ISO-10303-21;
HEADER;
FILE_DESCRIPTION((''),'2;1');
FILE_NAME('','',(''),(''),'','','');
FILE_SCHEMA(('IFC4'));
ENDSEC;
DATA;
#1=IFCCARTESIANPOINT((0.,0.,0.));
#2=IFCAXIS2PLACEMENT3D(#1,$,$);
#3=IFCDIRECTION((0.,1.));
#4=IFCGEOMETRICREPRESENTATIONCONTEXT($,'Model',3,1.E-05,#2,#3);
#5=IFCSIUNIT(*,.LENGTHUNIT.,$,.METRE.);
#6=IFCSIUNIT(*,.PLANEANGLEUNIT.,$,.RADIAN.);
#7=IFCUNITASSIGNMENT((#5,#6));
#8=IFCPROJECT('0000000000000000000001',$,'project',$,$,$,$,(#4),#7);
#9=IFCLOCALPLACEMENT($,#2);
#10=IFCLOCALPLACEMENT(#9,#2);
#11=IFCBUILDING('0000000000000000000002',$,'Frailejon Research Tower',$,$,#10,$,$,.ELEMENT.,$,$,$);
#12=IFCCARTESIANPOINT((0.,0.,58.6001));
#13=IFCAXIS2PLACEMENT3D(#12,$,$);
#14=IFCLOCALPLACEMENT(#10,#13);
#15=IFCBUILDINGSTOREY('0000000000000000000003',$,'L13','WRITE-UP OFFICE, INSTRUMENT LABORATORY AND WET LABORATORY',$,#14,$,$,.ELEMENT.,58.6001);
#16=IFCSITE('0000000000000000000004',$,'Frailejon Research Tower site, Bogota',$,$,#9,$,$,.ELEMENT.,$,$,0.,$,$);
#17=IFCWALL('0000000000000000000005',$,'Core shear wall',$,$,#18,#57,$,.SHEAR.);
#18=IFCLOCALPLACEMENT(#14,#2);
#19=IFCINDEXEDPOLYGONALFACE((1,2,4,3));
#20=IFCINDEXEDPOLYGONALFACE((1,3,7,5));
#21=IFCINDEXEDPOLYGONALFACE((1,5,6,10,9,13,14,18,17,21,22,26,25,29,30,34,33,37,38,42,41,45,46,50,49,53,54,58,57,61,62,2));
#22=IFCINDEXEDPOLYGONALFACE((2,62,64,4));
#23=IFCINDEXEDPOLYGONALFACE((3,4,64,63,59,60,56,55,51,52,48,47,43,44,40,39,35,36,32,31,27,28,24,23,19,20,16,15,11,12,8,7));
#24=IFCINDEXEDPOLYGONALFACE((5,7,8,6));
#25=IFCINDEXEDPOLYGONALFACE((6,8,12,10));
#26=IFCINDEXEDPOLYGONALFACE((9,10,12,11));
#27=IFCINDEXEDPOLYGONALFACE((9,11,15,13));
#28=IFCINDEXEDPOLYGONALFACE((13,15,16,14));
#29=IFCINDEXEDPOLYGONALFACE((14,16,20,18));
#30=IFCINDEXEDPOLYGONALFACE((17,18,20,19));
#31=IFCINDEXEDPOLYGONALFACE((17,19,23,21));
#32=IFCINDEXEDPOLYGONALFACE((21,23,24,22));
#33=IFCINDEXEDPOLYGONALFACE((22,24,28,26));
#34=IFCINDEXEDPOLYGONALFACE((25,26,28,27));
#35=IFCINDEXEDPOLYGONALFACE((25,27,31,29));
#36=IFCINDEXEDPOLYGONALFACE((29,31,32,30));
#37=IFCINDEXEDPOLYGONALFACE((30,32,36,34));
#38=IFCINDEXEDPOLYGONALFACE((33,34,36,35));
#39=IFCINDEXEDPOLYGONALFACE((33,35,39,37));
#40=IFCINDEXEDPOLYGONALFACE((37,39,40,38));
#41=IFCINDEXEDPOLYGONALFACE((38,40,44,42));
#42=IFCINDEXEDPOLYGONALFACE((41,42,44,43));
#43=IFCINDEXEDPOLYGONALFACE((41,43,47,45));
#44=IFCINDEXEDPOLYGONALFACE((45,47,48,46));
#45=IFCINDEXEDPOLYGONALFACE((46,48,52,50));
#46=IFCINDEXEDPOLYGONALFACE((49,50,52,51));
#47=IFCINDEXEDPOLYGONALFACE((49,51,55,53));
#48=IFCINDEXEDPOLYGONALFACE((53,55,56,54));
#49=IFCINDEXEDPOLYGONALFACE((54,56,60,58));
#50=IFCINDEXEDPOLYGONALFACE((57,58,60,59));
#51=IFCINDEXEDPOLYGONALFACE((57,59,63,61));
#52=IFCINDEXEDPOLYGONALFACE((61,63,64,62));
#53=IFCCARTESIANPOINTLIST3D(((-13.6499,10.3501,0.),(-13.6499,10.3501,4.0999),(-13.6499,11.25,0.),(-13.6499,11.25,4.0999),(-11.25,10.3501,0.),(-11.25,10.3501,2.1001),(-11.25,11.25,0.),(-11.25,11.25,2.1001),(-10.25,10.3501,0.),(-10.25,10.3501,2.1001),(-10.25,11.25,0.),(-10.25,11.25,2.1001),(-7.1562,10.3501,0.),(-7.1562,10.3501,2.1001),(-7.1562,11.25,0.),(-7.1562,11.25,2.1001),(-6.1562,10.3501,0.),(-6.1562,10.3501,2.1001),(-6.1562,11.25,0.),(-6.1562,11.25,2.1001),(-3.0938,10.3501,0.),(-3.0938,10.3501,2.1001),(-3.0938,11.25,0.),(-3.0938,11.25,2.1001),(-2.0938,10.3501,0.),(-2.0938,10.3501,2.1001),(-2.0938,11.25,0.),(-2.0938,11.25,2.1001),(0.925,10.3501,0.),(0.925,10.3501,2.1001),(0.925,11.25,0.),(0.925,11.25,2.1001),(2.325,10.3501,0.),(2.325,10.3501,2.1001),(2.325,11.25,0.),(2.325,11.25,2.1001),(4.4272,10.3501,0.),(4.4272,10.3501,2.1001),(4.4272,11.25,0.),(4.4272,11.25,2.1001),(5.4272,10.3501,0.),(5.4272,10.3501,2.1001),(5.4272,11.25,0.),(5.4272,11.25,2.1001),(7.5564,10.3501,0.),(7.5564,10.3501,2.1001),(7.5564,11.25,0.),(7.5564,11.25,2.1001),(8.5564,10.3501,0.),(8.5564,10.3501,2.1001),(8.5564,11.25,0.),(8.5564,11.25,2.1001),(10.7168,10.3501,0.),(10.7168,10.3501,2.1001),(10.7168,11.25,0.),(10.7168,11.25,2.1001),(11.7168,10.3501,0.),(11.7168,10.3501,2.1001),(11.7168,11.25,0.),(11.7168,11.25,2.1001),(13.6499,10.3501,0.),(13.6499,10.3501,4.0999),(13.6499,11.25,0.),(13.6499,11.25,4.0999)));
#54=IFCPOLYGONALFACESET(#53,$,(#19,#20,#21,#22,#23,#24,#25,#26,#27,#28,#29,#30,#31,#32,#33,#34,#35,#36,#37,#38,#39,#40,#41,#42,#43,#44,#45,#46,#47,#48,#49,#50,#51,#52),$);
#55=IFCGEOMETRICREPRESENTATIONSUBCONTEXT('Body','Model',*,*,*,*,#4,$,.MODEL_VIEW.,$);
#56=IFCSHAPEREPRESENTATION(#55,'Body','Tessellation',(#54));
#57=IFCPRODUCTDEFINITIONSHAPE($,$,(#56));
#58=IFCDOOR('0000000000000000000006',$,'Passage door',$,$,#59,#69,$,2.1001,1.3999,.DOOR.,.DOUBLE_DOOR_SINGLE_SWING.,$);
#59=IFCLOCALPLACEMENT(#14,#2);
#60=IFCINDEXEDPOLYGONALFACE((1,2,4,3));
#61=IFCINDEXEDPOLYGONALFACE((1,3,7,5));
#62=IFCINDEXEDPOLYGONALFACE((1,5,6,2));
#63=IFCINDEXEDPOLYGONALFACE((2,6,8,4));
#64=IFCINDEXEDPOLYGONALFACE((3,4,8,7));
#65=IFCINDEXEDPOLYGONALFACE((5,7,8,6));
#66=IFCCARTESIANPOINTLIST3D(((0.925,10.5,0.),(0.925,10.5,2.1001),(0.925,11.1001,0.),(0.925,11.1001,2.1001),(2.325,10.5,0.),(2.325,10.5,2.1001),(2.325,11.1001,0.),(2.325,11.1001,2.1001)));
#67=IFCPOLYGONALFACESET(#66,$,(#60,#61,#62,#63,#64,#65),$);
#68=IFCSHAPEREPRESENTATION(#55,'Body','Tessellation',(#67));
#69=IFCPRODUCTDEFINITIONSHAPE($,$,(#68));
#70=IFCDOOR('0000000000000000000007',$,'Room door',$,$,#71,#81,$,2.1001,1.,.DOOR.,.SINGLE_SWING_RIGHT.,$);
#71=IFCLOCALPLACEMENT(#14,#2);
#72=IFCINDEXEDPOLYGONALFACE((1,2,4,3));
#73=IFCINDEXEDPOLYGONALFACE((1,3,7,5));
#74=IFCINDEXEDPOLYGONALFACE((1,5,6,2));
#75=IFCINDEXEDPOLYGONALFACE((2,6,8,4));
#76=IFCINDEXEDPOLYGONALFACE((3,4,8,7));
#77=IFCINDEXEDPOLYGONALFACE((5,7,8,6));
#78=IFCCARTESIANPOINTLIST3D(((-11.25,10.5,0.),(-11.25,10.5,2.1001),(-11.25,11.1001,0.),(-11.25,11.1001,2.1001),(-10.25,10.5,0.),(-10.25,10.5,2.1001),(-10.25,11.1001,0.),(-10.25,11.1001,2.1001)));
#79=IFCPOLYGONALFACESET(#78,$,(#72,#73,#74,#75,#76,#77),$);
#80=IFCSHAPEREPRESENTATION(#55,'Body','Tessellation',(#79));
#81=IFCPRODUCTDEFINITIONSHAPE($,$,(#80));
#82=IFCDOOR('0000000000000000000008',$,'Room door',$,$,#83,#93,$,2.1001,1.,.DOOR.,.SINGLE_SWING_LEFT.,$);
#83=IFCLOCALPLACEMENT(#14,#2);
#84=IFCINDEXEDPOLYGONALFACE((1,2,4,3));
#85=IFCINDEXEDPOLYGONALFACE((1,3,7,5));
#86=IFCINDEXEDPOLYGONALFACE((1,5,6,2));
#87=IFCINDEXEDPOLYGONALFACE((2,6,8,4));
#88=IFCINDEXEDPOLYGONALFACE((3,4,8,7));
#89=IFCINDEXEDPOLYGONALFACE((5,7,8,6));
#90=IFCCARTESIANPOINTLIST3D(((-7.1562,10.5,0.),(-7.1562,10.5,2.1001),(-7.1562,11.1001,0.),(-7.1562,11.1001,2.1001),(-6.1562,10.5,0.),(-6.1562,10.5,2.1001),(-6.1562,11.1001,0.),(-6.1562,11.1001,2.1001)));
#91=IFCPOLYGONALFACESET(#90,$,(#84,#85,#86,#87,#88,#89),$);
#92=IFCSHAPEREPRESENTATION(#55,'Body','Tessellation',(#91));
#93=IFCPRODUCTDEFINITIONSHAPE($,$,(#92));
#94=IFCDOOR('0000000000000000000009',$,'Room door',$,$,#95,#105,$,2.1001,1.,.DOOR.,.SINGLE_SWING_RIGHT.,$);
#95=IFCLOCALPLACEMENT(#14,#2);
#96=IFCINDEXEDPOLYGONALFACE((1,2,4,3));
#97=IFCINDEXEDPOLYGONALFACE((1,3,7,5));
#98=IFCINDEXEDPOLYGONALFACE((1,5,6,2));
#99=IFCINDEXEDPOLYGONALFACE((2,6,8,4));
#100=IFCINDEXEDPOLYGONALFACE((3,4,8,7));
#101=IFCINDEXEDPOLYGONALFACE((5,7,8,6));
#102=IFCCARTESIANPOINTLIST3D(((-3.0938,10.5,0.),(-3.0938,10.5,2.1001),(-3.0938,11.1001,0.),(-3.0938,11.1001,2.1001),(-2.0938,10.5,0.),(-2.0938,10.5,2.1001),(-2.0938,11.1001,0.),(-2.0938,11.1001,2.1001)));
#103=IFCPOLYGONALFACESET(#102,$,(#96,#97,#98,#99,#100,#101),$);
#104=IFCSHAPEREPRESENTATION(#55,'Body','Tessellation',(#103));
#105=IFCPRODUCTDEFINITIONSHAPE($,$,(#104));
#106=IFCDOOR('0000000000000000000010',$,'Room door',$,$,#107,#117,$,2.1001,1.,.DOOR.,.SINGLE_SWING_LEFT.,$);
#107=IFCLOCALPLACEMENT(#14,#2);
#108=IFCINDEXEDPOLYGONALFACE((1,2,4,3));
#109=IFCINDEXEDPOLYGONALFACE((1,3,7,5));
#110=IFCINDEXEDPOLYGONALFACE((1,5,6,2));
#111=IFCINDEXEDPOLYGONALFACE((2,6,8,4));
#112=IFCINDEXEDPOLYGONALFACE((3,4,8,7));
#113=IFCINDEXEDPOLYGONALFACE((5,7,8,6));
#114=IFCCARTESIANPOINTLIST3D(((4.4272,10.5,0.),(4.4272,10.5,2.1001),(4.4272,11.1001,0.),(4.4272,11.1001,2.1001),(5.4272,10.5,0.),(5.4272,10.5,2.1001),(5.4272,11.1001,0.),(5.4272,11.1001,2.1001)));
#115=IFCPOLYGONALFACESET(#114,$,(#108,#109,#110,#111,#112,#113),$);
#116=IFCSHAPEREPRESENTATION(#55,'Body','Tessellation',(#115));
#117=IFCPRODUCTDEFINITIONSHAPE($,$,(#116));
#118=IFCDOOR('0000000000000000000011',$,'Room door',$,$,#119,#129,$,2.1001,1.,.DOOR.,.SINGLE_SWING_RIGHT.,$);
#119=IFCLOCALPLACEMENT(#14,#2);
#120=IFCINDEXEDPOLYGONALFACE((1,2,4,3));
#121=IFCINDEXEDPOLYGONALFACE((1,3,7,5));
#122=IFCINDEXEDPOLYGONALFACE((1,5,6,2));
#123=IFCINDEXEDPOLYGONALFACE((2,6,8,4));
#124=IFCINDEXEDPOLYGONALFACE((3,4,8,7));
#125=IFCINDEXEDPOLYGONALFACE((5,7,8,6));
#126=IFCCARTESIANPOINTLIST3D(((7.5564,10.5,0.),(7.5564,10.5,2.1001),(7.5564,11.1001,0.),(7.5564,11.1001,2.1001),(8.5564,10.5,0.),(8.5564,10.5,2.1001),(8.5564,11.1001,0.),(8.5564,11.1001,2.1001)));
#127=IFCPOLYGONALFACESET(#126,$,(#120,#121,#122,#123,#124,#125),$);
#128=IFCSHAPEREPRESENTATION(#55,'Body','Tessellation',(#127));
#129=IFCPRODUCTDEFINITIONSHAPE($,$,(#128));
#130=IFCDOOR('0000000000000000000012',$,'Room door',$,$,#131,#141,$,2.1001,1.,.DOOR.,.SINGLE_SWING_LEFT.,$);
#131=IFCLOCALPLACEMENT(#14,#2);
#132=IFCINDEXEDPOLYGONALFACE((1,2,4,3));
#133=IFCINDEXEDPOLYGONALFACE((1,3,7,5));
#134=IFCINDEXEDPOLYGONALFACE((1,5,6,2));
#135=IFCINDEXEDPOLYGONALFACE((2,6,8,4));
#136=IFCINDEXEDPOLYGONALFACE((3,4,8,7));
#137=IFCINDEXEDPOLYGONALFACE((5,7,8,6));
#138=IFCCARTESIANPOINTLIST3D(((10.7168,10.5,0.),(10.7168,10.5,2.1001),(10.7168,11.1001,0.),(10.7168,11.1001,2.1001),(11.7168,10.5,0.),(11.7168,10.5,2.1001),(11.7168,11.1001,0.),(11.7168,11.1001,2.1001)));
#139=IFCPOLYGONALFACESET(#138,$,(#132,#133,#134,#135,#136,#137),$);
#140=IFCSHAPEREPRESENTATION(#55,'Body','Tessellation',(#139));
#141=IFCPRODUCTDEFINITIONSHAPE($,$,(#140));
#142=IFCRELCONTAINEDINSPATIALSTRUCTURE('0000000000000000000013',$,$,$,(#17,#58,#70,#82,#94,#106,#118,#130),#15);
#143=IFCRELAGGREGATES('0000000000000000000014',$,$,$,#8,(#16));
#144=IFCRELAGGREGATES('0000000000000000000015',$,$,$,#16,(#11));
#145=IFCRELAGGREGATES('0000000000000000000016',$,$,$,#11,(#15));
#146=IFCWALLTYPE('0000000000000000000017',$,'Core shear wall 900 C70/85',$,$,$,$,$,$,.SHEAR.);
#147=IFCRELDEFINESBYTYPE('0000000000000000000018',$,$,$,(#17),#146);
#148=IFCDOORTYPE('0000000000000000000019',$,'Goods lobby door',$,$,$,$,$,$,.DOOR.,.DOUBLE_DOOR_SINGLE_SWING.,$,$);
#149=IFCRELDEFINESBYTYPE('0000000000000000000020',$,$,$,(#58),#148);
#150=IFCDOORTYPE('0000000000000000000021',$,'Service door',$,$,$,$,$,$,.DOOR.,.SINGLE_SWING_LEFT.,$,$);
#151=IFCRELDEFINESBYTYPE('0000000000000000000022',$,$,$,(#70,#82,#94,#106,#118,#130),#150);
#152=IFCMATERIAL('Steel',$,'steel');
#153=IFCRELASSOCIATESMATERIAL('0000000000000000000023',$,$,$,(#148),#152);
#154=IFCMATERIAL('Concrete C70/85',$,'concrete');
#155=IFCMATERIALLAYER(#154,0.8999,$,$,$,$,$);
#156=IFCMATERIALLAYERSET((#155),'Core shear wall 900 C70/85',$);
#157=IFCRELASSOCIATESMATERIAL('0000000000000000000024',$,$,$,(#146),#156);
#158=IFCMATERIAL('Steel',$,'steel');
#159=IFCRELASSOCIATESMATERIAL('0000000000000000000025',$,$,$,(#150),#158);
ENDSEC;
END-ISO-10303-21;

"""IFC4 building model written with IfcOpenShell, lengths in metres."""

from ifc_helpers import new_model, si_unit, direction, frame, frame_2d, origin, place, context, subcontext, project, spatial, rectangle, extrude, material, layer, layer_set, type_object, element, fill, save


model = new_model("IFC4")

# Units and contexts
model_context = context("Model", 3, precision=1e-05, world=origin(), true_north=direction((0.0, 1.0)))
body_context = subcontext(model_context, "Body", "Model", "MODEL_VIEW")
ifc_project = project(units=[si_unit("LENGTHUNIT", "METRE"), si_unit("PLANEANGLEUNIT", "RADIAN")], contexts=[model_context])

# Site, building, storey
site_placement = place(None, origin())
site = spatial("IfcSite", under=ifc_project, at=site_placement, Name="Frailejon Research Tower site, Bogota", CompositionType="ELEMENT", RefElevation=0.0)
building_placement = place(site_placement, origin())
building = spatial("IfcBuilding", under=site, at=building_placement, Name="Frailejon Research Tower", CompositionType="ELEMENT")
storey_placement = place(building_placement, frame((0.0, 0.0, 58.6001)))
storey = spatial("IfcBuildingStorey", under=building, at=storey_placement, Name="L13", Description="WRITE-UP OFFICE, INSTRUMENT LABORATORY AND WET LABORATORY", CompositionType="ELEMENT", Elevation=58.6001)

# Shared definitions
ifc_material_1 = material(Name="Steel", Category="steel")
door_type_1 = type_object("IfcDoorType", Name="Goods lobby door", OperationType="DOUBLE_DOOR_SINGLE_SWING", PredefinedType="DOOR", material=ifc_material_1)

# Wall, openings, doors
ifc_material_2 = material(Name="Concrete C70/85", Category="concrete")
ifc_layer_1 = layer(ifc_material_2, 0.8999)
ifc_layer_set_1 = layer_set([ifc_layer_1], Name="Core shear wall 900 C70/85")
wall_type_1 = type_object("IfcWallType", Name="Core shear wall 900 C70/85", PredefinedType="SHEAR", material=ifc_layer_set_1)
wall_1_placement = place(storey_placement, frame((-13.6499, 10.8, 0.0), z_axis=(0.0, 0.0, 1.0), x_axis=(1.0, 0.0, 0.0)))
wall_1 = element("IfcWall", 1, at=wall_1_placement, inside=storey, type_object=wall_type_1, Name="Core shear wall", PredefinedType="SHEAR", context=body_context, shape_type="SweptSolid", body=[
    extrude(rectangle(XDim=27.2998, YDim=0.8999, at=frame_2d((13.6499, 0.0))), origin(), (0.0, 0.0, 1.0), 4.0999),
])
opening_1_placement = place(wall_1_placement, frame((2.3999, 0.0, 0.0)))
opening_1 = element("IfcOpeningElement", 2, at=opening_1_placement, cuts=wall_1, PredefinedType="OPENING", context=body_context, shape_type="SweptSolid", body=[
    extrude(rectangle(XDim=1.0, YDim=2.1001, at=frame_2d((0.5, 1.05))), frame((0.0, 0.46, 0.0), z_axis=(0.0, -1.0, 0.0), x_axis=(1.0, 0.0, 0.0)), (0.0, 0.0, 1.0), 0.9199),
])
opening_2_placement = place(wall_1_placement, frame((6.4937, 0.0, 0.0)))
opening_2 = element("IfcOpeningElement", 3, at=opening_2_placement, cuts=wall_1, PredefinedType="OPENING", context=body_context, shape_type="SweptSolid", body=[
    extrude(rectangle(XDim=1.0, YDim=2.1001, at=frame_2d((0.5, 1.05))), frame((0.0, 0.46, 0.0), z_axis=(0.0, -1.0, 0.0), x_axis=(1.0, 0.0, 0.0)), (0.0, 0.0, 1.0), 0.9199),
])
opening_3_placement = place(wall_1_placement, frame((10.5562, 0.0, 0.0)))
opening_3 = element("IfcOpeningElement", 4, at=opening_3_placement, cuts=wall_1, PredefinedType="OPENING", context=body_context, shape_type="SweptSolid", body=[
    extrude(rectangle(XDim=1.0, YDim=2.1001, at=frame_2d((0.5, 1.05))), frame((0.0, 0.46, 0.0), z_axis=(0.0, -1.0, 0.0), x_axis=(1.0, 0.0, 0.0)), (0.0, 0.0, 1.0), 0.9199),
])
opening_4_placement = place(wall_1_placement, frame((18.0771, 0.0, 0.0)))
opening_4 = element("IfcOpeningElement", 5, at=opening_4_placement, cuts=wall_1, PredefinedType="OPENING", context=body_context, shape_type="SweptSolid", body=[
    extrude(rectangle(XDim=1.0, YDim=2.1001, at=frame_2d((0.5, 1.05))), frame((0.0, 0.46, 0.0), z_axis=(0.0, -1.0, 0.0), x_axis=(1.0, 0.0, 0.0)), (0.0, 0.0, 1.0), 0.9199),
])
opening_5_placement = place(wall_1_placement, frame((21.2063, 0.0, 0.0)))
opening_5 = element("IfcOpeningElement", 6, at=opening_5_placement, cuts=wall_1, PredefinedType="OPENING", context=body_context, shape_type="SweptSolid", body=[
    extrude(rectangle(XDim=1.0, YDim=2.1001, at=frame_2d((0.5, 1.05))), frame((0.0, 0.46, 0.0), z_axis=(0.0, -1.0, 0.0), x_axis=(1.0, 0.0, 0.0)), (0.0, 0.0, 1.0), 0.9199),
])
opening_6_placement = place(wall_1_placement, frame((24.3667, 0.0, 0.0)))
opening_6 = element("IfcOpeningElement", 7, at=opening_6_placement, cuts=wall_1, PredefinedType="OPENING", context=body_context, shape_type="SweptSolid", body=[
    extrude(rectangle(XDim=1.0, YDim=2.1001, at=frame_2d((0.5, 1.05))), frame((0.0, 0.46, 0.0), z_axis=(0.0, -1.0, 0.0), x_axis=(1.0, 0.0, 0.0)), (0.0, 0.0, 1.0), 0.9199),
])
opening_7_placement = place(wall_1_placement, frame((14.575, 0.0, 0.0)))
opening_7 = element("IfcOpeningElement", 8, at=opening_7_placement, cuts=wall_1, PredefinedType="OPENING", context=body_context, shape_type="SweptSolid", body=[
    extrude(rectangle(XDim=1.3999, YDim=2.1001, at=frame_2d((0.7, 1.05))), frame((0.0, 0.46, 0.0), z_axis=(0.0, -1.0, 0.0), x_axis=(1.0, 0.0, 0.0)), (0.0, 0.0, 1.0), 0.9199),
])
door_1_placement = place(opening_7_placement, origin())
door_1 = element("IfcDoor", 9, at=door_1_placement, inside=storey, type_object=door_type_1, Name="Passage door", OperationType="DOUBLE_DOOR_SINGLE_SWING", OverallHeight=2.1001, OverallWidth=1.3999, PredefinedType="DOOR", context=body_context, shape_type="SweptSolid", body=[
    extrude(rectangle(XDim=1.3999, YDim=2.1001, at=frame_2d((0.7, 1.05))), frame((0.0, 0.3, 0.0), z_axis=(0.0, -1.0, 0.0), x_axis=(1.0, 0.0, 0.0)), (0.0, 0.0, 1.0), 0.6001),
])
fill(opening_7, door_1)
ifc_material_3 = material(Name="Steel", Category="steel")
door_type_2 = type_object("IfcDoorType", Name="Service door", OperationType="SINGLE_SWING_LEFT", PredefinedType="DOOR", material=ifc_material_3)
door_2_placement = place(opening_1_placement, origin())
door_2 = element("IfcDoor", 10, at=door_2_placement, inside=storey, type_object=door_type_2, Name="Room door", OperationType="SINGLE_SWING_RIGHT", OverallHeight=2.1001, OverallWidth=1.0, PredefinedType="DOOR", context=body_context, shape_type="SweptSolid", body=[
    extrude(rectangle(XDim=1.0, YDim=2.1001, at=frame_2d((0.5, 1.05))), frame((0.0, 0.3, 0.0), z_axis=(0.0, -1.0, 0.0), x_axis=(1.0, 0.0, 0.0)), (0.0, 0.0, 1.0), 0.6001),
])
fill(opening_1, door_2)
door_3_placement = place(opening_2_placement, origin())
door_3 = element("IfcDoor", 11, at=door_3_placement, inside=storey, type_object=door_type_2, Name="Room door", OperationType="SINGLE_SWING_LEFT", OverallHeight=2.1001, OverallWidth=1.0, PredefinedType="DOOR", context=body_context, shape_type="SweptSolid", body=[
    extrude(rectangle(XDim=1.0, YDim=2.1001, at=frame_2d((0.5, 1.05))), frame((0.0, 0.3, 0.0), z_axis=(0.0, -1.0, 0.0), x_axis=(1.0, 0.0, 0.0)), (0.0, 0.0, 1.0), 0.6001),
])
fill(opening_2, door_3)
door_4_placement = place(opening_3_placement, origin())
door_4 = element("IfcDoor", 12, at=door_4_placement, inside=storey, type_object=door_type_2, Name="Room door", OperationType="SINGLE_SWING_RIGHT", OverallHeight=2.1001, OverallWidth=1.0, PredefinedType="DOOR", context=body_context, shape_type="SweptSolid", body=[
    extrude(rectangle(XDim=1.0, YDim=2.1001, at=frame_2d((0.5, 1.05))), frame((0.0, 0.3, 0.0), z_axis=(0.0, -1.0, 0.0), x_axis=(1.0, 0.0, 0.0)), (0.0, 0.0, 1.0), 0.6001),
])
fill(opening_3, door_4)
door_5_placement = place(opening_4_placement, origin())
door_5 = element("IfcDoor", 13, at=door_5_placement, inside=storey, type_object=door_type_2, Name="Room door", OperationType="SINGLE_SWING_LEFT", OverallHeight=2.1001, OverallWidth=1.0, PredefinedType="DOOR", context=body_context, shape_type="SweptSolid", body=[
    extrude(rectangle(XDim=1.0, YDim=2.1001, at=frame_2d((0.5, 1.05))), frame((0.0, 0.3, 0.0), z_axis=(0.0, -1.0, 0.0), x_axis=(1.0, 0.0, 0.0)), (0.0, 0.0, 1.0), 0.6001),
])
fill(opening_4, door_5)
door_6_placement = place(opening_5_placement, origin())
door_6 = element("IfcDoor", 14, at=door_6_placement, inside=storey, type_object=door_type_2, Name="Room door", OperationType="SINGLE_SWING_RIGHT", OverallHeight=2.1001, OverallWidth=1.0, PredefinedType="DOOR", context=body_context, shape_type="SweptSolid", body=[
    extrude(rectangle(XDim=1.0, YDim=2.1001, at=frame_2d((0.5, 1.05))), frame((0.0, 0.3, 0.0), z_axis=(0.0, -1.0, 0.0), x_axis=(1.0, 0.0, 0.0)), (0.0, 0.0, 1.0), 0.6001),
])
fill(opening_5, door_6)
door_7_placement = place(opening_6_placement, origin())
door_7 = element("IfcDoor", 15, at=door_7_placement, inside=storey, type_object=door_type_2, Name="Room door", OperationType="SINGLE_SWING_LEFT", OverallHeight=2.1001, OverallWidth=1.0, PredefinedType="DOOR", context=body_context, shape_type="SweptSolid", body=[
    extrude(rectangle(XDim=1.0, YDim=2.1001, at=frame_2d((0.5, 1.05))), frame((0.0, 0.3, 0.0), z_axis=(0.0, -1.0, 0.0), x_axis=(1.0, 0.0, 0.0)), (0.0, 0.0, 1.0), 0.6001),
])
fill(opening_6, door_7)

save(model, "model.ifc")
